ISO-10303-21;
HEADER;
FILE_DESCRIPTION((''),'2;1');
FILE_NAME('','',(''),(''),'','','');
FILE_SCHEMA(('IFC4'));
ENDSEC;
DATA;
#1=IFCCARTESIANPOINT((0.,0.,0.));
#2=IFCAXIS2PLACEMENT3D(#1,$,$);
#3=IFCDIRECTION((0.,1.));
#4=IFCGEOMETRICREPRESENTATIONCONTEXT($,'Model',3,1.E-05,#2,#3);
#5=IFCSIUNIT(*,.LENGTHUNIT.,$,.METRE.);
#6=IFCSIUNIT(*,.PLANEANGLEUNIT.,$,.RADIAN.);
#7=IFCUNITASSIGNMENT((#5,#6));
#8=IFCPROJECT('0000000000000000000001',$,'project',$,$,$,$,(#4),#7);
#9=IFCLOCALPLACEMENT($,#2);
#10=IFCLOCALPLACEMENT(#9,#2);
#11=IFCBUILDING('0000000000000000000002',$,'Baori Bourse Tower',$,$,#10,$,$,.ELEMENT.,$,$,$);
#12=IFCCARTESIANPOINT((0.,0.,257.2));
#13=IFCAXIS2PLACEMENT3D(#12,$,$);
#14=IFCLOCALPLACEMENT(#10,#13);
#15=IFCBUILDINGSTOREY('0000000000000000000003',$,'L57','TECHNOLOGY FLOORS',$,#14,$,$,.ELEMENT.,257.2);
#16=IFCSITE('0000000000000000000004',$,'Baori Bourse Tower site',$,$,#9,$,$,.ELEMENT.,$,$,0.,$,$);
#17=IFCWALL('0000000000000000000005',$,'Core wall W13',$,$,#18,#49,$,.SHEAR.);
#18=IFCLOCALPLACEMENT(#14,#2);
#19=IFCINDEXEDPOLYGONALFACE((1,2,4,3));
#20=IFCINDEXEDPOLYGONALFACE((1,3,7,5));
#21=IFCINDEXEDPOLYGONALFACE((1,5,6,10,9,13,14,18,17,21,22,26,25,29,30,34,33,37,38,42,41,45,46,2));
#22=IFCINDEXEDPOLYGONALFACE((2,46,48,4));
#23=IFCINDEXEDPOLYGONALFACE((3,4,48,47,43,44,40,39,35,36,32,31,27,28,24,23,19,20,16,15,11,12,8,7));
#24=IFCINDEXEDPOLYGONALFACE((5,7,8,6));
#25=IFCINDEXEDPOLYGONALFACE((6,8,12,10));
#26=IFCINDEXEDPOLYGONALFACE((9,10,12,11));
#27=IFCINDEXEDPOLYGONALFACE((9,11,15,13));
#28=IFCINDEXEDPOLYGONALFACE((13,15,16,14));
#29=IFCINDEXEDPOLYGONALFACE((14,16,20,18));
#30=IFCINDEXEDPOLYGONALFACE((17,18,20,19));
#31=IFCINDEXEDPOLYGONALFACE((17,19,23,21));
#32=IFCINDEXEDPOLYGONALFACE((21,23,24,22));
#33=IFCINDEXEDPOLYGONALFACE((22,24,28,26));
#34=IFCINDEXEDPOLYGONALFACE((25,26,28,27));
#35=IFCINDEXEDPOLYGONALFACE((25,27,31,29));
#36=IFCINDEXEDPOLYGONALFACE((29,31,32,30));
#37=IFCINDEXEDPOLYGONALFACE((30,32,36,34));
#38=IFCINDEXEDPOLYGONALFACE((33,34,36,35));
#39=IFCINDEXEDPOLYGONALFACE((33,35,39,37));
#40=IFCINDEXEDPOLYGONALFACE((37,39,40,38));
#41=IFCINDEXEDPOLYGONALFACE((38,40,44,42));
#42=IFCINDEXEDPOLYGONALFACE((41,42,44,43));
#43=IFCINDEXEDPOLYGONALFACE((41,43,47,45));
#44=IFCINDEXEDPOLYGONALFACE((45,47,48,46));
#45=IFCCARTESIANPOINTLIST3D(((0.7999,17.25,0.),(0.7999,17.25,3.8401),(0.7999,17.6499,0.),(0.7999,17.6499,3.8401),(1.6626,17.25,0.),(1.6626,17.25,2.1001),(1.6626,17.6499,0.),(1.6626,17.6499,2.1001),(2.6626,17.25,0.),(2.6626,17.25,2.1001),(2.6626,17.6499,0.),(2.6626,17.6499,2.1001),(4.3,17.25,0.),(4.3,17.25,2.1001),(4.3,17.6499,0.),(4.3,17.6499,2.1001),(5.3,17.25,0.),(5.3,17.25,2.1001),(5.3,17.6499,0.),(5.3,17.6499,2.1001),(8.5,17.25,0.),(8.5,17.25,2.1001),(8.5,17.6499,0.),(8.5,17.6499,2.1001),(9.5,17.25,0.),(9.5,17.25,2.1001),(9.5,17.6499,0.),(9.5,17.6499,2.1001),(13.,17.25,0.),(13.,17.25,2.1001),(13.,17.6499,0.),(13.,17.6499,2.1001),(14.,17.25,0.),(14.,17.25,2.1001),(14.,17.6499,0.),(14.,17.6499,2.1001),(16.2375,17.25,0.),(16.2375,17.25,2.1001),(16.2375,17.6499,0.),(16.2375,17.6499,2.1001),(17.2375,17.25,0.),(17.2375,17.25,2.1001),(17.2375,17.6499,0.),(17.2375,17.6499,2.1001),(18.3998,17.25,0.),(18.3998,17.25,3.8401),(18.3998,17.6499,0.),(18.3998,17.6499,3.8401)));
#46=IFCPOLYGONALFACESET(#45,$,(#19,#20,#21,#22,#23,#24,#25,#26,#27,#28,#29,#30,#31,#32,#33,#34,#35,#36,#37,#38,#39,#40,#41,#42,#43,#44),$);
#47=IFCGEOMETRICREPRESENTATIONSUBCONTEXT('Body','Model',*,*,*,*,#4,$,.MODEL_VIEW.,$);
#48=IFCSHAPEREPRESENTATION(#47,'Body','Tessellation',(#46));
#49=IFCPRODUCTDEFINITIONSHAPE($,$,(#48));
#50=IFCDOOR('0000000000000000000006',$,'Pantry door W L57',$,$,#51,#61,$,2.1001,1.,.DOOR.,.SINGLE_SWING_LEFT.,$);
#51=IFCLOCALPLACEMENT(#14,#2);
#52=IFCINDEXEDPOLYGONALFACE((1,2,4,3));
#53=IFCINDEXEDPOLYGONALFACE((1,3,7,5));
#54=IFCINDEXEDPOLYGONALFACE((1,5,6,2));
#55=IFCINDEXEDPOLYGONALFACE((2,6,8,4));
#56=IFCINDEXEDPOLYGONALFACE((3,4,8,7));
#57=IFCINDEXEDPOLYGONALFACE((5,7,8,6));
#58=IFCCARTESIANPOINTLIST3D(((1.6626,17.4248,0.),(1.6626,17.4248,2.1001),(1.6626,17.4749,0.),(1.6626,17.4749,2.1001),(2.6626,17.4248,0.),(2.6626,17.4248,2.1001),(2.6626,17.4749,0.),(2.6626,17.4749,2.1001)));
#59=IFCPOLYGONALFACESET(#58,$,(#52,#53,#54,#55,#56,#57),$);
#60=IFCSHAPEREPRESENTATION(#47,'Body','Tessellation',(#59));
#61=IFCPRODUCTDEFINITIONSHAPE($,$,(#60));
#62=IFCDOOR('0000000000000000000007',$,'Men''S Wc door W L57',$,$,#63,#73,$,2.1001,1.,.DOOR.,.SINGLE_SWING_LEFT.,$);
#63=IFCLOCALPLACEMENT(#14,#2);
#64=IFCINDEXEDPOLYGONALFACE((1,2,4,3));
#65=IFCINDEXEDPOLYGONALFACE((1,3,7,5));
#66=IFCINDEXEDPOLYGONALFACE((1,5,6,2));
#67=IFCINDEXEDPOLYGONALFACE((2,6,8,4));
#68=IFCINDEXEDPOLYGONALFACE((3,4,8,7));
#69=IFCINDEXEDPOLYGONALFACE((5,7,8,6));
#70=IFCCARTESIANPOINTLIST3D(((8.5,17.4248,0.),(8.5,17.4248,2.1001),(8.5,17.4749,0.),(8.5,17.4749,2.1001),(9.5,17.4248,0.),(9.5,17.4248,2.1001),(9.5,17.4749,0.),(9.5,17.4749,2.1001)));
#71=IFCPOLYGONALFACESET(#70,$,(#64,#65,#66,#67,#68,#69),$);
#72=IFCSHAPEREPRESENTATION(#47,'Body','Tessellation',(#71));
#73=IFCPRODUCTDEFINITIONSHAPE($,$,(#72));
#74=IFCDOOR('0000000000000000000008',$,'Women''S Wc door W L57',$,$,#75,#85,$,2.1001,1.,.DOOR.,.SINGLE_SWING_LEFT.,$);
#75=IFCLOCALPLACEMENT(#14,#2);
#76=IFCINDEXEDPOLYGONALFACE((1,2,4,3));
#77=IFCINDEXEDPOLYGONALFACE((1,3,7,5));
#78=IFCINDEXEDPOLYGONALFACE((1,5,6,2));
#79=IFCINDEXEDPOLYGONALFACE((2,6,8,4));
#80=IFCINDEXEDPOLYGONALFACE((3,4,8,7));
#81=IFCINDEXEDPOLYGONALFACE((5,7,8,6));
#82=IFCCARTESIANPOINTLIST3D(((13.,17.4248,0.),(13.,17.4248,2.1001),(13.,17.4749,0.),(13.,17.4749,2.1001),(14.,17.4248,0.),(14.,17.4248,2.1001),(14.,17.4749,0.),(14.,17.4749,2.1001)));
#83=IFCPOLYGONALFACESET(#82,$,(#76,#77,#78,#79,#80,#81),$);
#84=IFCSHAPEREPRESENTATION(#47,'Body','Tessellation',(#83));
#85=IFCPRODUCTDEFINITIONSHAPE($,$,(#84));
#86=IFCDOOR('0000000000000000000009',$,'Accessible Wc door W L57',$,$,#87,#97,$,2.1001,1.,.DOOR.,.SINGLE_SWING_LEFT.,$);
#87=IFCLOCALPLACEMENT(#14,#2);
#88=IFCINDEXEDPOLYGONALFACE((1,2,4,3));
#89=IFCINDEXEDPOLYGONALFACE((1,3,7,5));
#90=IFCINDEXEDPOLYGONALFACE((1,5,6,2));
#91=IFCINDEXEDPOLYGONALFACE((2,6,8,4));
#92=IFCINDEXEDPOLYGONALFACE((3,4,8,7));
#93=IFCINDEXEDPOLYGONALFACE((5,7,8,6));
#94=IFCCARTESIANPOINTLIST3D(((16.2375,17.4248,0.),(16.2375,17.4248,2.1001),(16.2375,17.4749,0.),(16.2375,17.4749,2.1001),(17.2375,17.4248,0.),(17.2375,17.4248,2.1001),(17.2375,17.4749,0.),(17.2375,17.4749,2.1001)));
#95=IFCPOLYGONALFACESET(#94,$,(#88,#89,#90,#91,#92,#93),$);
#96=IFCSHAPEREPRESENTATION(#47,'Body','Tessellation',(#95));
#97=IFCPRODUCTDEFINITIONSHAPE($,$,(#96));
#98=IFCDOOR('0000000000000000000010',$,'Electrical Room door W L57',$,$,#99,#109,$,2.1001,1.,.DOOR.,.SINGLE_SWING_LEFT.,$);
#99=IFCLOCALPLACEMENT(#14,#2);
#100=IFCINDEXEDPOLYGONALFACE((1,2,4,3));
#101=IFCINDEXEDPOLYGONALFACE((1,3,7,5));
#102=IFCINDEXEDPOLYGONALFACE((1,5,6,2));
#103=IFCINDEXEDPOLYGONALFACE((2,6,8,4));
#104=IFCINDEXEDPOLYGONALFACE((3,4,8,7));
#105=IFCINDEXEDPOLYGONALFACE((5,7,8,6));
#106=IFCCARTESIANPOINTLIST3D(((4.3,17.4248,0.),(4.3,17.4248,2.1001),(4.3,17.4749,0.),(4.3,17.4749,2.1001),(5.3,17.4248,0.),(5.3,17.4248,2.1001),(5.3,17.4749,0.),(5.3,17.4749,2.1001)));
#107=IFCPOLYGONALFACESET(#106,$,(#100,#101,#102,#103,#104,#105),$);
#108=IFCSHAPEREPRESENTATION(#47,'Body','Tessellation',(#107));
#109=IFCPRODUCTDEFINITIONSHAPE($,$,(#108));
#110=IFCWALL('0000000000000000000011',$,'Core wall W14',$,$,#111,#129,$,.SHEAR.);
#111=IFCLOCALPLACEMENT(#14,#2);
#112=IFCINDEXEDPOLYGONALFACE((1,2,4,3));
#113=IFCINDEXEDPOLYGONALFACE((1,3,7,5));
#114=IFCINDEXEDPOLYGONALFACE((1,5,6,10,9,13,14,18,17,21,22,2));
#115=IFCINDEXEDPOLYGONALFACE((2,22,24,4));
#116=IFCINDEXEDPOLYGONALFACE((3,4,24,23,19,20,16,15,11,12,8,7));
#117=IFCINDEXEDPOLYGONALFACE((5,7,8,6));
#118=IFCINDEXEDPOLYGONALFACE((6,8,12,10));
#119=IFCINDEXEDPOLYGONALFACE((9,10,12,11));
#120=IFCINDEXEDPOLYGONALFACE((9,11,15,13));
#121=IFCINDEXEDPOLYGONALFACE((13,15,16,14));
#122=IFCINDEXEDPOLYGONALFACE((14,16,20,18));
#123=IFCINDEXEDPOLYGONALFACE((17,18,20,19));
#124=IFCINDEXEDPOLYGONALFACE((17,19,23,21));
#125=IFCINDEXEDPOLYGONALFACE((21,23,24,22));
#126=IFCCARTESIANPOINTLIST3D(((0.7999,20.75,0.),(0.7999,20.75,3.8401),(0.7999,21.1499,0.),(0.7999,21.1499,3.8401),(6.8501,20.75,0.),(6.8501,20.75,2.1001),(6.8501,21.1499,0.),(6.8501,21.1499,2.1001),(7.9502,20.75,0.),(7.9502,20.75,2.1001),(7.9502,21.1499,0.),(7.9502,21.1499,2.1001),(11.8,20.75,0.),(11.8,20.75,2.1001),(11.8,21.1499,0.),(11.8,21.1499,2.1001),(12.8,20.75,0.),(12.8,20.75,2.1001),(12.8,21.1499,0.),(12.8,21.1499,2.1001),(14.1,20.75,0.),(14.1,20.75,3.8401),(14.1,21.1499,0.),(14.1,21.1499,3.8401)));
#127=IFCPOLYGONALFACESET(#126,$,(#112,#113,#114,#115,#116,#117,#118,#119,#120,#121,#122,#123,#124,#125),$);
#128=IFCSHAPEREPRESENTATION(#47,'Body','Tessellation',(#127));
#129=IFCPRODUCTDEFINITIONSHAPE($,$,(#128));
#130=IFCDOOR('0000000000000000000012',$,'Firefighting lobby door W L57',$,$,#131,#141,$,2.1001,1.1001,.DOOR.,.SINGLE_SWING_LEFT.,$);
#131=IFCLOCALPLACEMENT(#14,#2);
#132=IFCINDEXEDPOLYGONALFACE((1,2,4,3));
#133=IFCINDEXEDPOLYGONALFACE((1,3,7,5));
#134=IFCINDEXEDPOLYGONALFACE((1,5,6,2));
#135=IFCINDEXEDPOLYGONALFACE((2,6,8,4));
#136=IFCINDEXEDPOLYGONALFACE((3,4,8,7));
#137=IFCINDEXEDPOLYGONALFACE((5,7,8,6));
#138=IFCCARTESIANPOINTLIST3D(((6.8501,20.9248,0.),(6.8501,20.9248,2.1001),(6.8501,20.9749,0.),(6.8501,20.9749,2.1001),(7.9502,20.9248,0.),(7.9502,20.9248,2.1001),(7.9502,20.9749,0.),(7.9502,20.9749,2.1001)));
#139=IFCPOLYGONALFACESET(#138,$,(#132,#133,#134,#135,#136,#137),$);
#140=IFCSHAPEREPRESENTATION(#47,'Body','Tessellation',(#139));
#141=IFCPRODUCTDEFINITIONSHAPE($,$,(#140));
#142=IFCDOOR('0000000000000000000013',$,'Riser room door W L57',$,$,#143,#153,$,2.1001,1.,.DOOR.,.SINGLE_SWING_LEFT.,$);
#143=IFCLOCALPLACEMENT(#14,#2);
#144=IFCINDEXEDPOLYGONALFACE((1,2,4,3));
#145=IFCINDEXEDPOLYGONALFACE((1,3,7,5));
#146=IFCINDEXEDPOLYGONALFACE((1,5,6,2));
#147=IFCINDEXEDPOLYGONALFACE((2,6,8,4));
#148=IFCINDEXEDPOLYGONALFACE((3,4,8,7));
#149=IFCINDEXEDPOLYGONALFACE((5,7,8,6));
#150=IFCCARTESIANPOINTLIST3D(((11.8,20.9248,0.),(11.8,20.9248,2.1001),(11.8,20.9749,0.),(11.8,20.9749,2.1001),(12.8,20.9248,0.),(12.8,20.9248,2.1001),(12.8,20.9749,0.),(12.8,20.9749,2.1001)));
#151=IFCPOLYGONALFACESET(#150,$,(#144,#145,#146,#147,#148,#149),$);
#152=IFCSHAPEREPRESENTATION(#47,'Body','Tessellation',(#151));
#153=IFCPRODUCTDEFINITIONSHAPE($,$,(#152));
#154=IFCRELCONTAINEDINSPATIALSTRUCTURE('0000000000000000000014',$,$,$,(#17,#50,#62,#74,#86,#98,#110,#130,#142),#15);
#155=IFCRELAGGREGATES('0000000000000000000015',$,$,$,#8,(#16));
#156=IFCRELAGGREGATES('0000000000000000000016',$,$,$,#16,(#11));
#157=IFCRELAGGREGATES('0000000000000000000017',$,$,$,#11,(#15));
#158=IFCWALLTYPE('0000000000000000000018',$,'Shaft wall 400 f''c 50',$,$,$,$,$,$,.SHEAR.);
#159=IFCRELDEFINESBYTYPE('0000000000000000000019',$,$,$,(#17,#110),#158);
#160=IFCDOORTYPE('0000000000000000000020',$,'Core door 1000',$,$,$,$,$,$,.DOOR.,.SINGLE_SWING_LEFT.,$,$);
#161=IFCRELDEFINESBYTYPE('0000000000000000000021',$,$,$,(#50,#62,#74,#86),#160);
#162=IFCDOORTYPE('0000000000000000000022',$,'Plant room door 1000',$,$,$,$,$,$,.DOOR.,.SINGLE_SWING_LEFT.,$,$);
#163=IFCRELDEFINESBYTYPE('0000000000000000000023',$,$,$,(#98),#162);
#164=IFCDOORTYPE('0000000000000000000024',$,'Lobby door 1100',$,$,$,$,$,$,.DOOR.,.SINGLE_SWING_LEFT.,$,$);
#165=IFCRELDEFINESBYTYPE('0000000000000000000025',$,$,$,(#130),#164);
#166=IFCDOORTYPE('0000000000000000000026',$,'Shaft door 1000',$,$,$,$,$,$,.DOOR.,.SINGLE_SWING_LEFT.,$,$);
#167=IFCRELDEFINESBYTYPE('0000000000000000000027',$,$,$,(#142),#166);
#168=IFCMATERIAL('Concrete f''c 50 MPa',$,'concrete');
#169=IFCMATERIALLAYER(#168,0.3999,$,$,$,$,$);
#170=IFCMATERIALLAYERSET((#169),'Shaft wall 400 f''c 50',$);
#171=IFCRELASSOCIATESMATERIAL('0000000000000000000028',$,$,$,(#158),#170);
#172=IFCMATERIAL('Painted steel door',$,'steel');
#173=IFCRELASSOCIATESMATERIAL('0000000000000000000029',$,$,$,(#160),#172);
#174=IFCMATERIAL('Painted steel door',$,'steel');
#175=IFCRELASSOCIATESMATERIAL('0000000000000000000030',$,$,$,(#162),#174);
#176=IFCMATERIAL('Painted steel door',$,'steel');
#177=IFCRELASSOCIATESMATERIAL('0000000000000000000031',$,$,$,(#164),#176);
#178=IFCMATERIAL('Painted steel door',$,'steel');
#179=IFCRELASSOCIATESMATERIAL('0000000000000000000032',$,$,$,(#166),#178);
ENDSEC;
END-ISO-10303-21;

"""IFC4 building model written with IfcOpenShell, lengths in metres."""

from ifc_helpers import new_model, si_unit, direction, frame, frame_2d, origin, place, context, subcontext, project, spatial, rectangle, extrude, material, layer, layer_set, type_object, element, fill, save


model = new_model("IFC4")

# Units and contexts
model_context = context("Model", 3, precision=1e-05, world=origin(), true_north=direction((0.0, 1.0)))
body_context = subcontext(model_context, "Body", "Model", "MODEL_VIEW")
ifc_project = project(units=[si_unit("LENGTHUNIT", "METRE"), si_unit("PLANEANGLEUNIT", "RADIAN")], contexts=[model_context])

# Site, building, storey
site_placement = place(None, origin())
site = spatial("IfcSite", under=ifc_project, at=site_placement, Name="Baori Bourse Tower site", CompositionType="ELEMENT", RefElevation=0.0)
building_placement = place(site_placement, origin())
building = spatial("IfcBuilding", under=site, at=building_placement, Name="Baori Bourse Tower", CompositionType="ELEMENT")
storey_placement = place(building_placement, frame((0.0, 0.0, 257.2)))
storey = spatial("IfcBuildingStorey", under=building, at=storey_placement, Name="L57", Description="TECHNOLOGY FLOORS", CompositionType="ELEMENT", Elevation=257.2)

# Shared definitions
ifc_material_1 = material(Name="Concrete f'c 50 MPa", Category="concrete")
ifc_layer_1 = layer(ifc_material_1, 0.3999)
ifc_layer_set_1 = layer_set([ifc_layer_1], Name="Shaft wall 400 f'c 50")
wall_type_1 = type_object("IfcWallType", Name="Shaft wall 400 f'c 50", PredefinedType="SHEAR", material=ifc_layer_set_1)

# Walls, openings, doors
wall_1_placement = place(storey_placement, frame((0.8, 17.45, 0.0), z_axis=(0.0, 0.0, 1.0), x_axis=(1.0, 0.0, 0.0)))
wall_1 = element("IfcWall", 1, at=wall_1_placement, inside=storey, type_object=wall_type_1, Name="Core wall W13", PredefinedType="SHEAR", context=body_context, shape_type="SweptSolid", body=[
    extrude(rectangle(XDim=17.5999, YDim=0.3999, at=frame_2d((8.7998, 0.0))), origin(), (0.0, 0.0, 1.0), 3.8401),
])
opening_1_placement = place(wall_1_placement, frame((0.8625, 0.0, 0.0)))
opening_1 = element("IfcOpeningElement", 2, at=opening_1_placement, cuts=wall_1, PredefinedType="OPENING", context=body_context, shape_type="SweptSolid", body=[
    extrude(rectangle(XDim=1.0, YDim=2.1001, at=frame_2d((0.5, 1.05))), frame((0.0, 0.21, 0.0), z_axis=(0.0, -1.0, 0.0), x_axis=(1.0, 0.0, 0.0)), (0.0, 0.0, 1.0), 0.4199),
])
opening_2_placement = place(wall_1_placement, frame((3.5, 0.0, 0.0)))
opening_2 = element("IfcOpeningElement", 3, at=opening_2_placement, cuts=wall_1, PredefinedType="OPENING", context=body_context, shape_type="SweptSolid", body=[
    extrude(rectangle(XDim=1.0, YDim=2.1001, at=frame_2d((0.5, 1.05))), frame((0.0, 0.21, 0.0), z_axis=(0.0, -1.0, 0.0), x_axis=(1.0, 0.0, 0.0)), (0.0, 0.0, 1.0), 0.4199),
])
opening_3_placement = place(wall_1_placement, frame((7.7, 0.0, 0.0)))
opening_3 = element("IfcOpeningElement", 4, at=opening_3_placement, cuts=wall_1, PredefinedType="OPENING", context=body_context, shape_type="SweptSolid", body=[
    extrude(rectangle(XDim=1.0, YDim=2.1001, at=frame_2d((0.5, 1.05))), frame((0.0, 0.21, 0.0), z_axis=(0.0, -1.0, 0.0), x_axis=(1.0, 0.0, 0.0)), (0.0, 0.0, 1.0), 0.4199),
])
opening_4_placement = place(wall_1_placement, frame((12.2, 0.0, 0.0)))
opening_4 = element("IfcOpeningElement", 5, at=opening_4_placement, cuts=wall_1, PredefinedType="OPENING", context=body_context, shape_type="SweptSolid", body=[
    extrude(rectangle(XDim=1.0, YDim=2.1001, at=frame_2d((0.5, 1.05))), frame((0.0, 0.21, 0.0), z_axis=(0.0, -1.0, 0.0), x_axis=(1.0, 0.0, 0.0)), (0.0, 0.0, 1.0), 0.4199),
])
opening_5_placement = place(wall_1_placement, frame((15.4375, 0.0, 0.0)))
opening_5 = element("IfcOpeningElement", 6, at=opening_5_placement, cuts=wall_1, PredefinedType="OPENING", context=body_context, shape_type="SweptSolid", body=[
    extrude(rectangle(XDim=1.0, YDim=2.1001, at=frame_2d((0.5, 1.05))), frame((0.0, 0.21, 0.0), z_axis=(0.0, -1.0, 0.0), x_axis=(1.0, 0.0, 0.0)), (0.0, 0.0, 1.0), 0.4199),
])
ifc_material_2 = material(Name="Painted steel door", Category="steel")
door_type_1 = type_object("IfcDoorType", Name="Core door 1000", OperationType="SINGLE_SWING_LEFT", PredefinedType="DOOR", material=ifc_material_2)
door_1_placement = place(opening_1_placement, origin())
door_1 = element("IfcDoor", 7, at=door_1_placement, inside=storey, type_object=door_type_1, Name="Pantry door W L57", OperationType="SINGLE_SWING_LEFT", OverallHeight=2.1001, OverallWidth=1.0, PredefinedType="DOOR", context=body_context, shape_type="SweptSolid", body=[
    extrude(rectangle(XDim=1.0, YDim=2.1001, at=frame_2d((0.5, 1.05))), frame((0.0, 0.0249, 0.0), z_axis=(0.0, -1.0, 0.0), x_axis=(1.0, 0.0, 0.0)), (0.0, 0.0, 1.0), 0.05),
])
fill(opening_1, door_1)
door_2_placement = place(opening_3_placement, origin())
door_2 = element("IfcDoor", 8, at=door_2_placement, inside=storey, type_object=door_type_1, Name="Men'S Wc door W L57", OperationType="SINGLE_SWING_LEFT", OverallHeight=2.1001, OverallWidth=1.0, PredefinedType="DOOR", context=body_context, shape_type="SweptSolid", body=[
    extrude(rectangle(XDim=1.0, YDim=2.1001, at=frame_2d((0.5, 1.05))), frame((0.0, 0.0249, 0.0), z_axis=(0.0, -1.0, 0.0), x_axis=(1.0, 0.0, 0.0)), (0.0, 0.0, 1.0), 0.05),
])
fill(opening_3, door_2)
door_3_placement = place(opening_4_placement, origin())
door_3 = element("IfcDoor", 9, at=door_3_placement, inside=storey, type_object=door_type_1, Name="Women'S Wc door W L57", OperationType="SINGLE_SWING_LEFT", OverallHeight=2.1001, OverallWidth=1.0, PredefinedType="DOOR", context=body_context, shape_type="SweptSolid", body=[
    extrude(rectangle(XDim=1.0, YDim=2.1001, at=frame_2d((0.5, 1.05))), frame((0.0, 0.0249, 0.0), z_axis=(0.0, -1.0, 0.0), x_axis=(1.0, 0.0, 0.0)), (0.0, 0.0, 1.0), 0.05),
])
fill(opening_4, door_3)
door_4_placement = place(opening_5_placement, origin())
door_4 = element("IfcDoor", 10, at=door_4_placement, inside=storey, type_object=door_type_1, Name="Accessible Wc door W L57", OperationType="SINGLE_SWING_LEFT", OverallHeight=2.1001, OverallWidth=1.0, PredefinedType="DOOR", context=body_context, shape_type="SweptSolid", body=[
    extrude(rectangle(XDim=1.0, YDim=2.1001, at=frame_2d((0.5, 1.05))), frame((0.0, 0.0249, 0.0), z_axis=(0.0, -1.0, 0.0), x_axis=(1.0, 0.0, 0.0)), (0.0, 0.0, 1.0), 0.05),
])
fill(opening_5, door_4)
ifc_material_3 = material(Name="Painted steel door", Category="steel")
door_type_2 = type_object("IfcDoorType", Name="Plant room door 1000", OperationType="SINGLE_SWING_LEFT", PredefinedType="DOOR", material=ifc_material_3)
door_5_placement = place(opening_2_placement, origin())
door_5 = element("IfcDoor", 11, at=door_5_placement, inside=storey, type_object=door_type_2, Name="Electrical Room door W L57", OperationType="SINGLE_SWING_LEFT", OverallHeight=2.1001, OverallWidth=1.0, PredefinedType="DOOR", context=body_context, shape_type="SweptSolid", body=[
    extrude(rectangle(XDim=1.0, YDim=2.1001, at=frame_2d((0.5, 1.05))), frame((0.0, 0.0249, 0.0), z_axis=(0.0, -1.0, 0.0), x_axis=(1.0, 0.0, 0.0)), (0.0, 0.0, 1.0), 0.05),
])
fill(opening_2, door_5)
wall_2_placement = place(storey_placement, frame((0.8, 20.95, 0.0), z_axis=(0.0, 0.0, 1.0), x_axis=(1.0, 0.0, 0.0)))
wall_2 = element("IfcWall", 12, at=wall_2_placement, inside=storey, type_object=wall_type_1, Name="Core wall W14", PredefinedType="SHEAR", context=body_context, shape_type="SweptSolid", body=[
    extrude(rectangle(XDim=13.3, YDim=0.3999, at=frame_2d((6.6499, 0.0))), origin(), (0.0, 0.0, 1.0), 3.8401),
])
opening_6_placement = place(wall_2_placement, frame((6.05, 0.0, 0.0)))
opening_6 = element("IfcOpeningElement", 13, at=opening_6_placement, cuts=wall_2, PredefinedType="OPENING", context=body_context, shape_type="SweptSolid", body=[
    extrude(rectangle(XDim=1.1001, YDim=2.1001, at=frame_2d((0.55, 1.05))), frame((0.0, 0.21, 0.0), z_axis=(0.0, -1.0, 0.0), x_axis=(1.0, 0.0, 0.0)), (0.0, 0.0, 1.0), 0.4199),
])
opening_7_placement = place(wall_2_placement, frame((11.0, 0.0, 0.0)))
opening_7 = element("IfcOpeningElement", 14, at=opening_7_placement, cuts=wall_2, PredefinedType="OPENING", context=body_context, shape_type="SweptSolid", body=[
    extrude(rectangle(XDim=1.0, YDim=2.1001, at=frame_2d((0.5, 1.05))), frame((0.0, 0.21, 0.0), z_axis=(0.0, -1.0, 0.0), x_axis=(1.0, 0.0, 0.0)), (0.0, 0.0, 1.0), 0.4199),
])
ifc_material_4 = material(Name="Painted steel door", Category="steel")
door_type_3 = type_object("IfcDoorType", Name="Lobby door 1100", OperationType="SINGLE_SWING_LEFT", PredefinedType="DOOR", material=ifc_material_4)
door_6_placement = place(opening_6_placement, origin())
door_6 = element("IfcDoor", 15, at=door_6_placement, inside=storey, type_object=door_type_3, Name="Firefighting lobby door W L57", OperationType="SINGLE_SWING_LEFT", OverallHeight=2.1001, OverallWidth=1.1001, PredefinedType="DOOR", context=body_context, shape_type="SweptSolid", body=[
    extrude(rectangle(XDim=1.1001, YDim=2.1001, at=frame_2d((0.55, 1.05))), frame((0.0, 0.0249, 0.0), z_axis=(0.0, -1.0, 0.0), x_axis=(1.0, 0.0, 0.0)), (0.0, 0.0, 1.0), 0.05),
])
fill(opening_6, door_6)
ifc_material_5 = material(Name="Painted steel door", Category="steel")
door_type_4 = type_object("IfcDoorType", Name="Shaft door 1000", OperationType="SINGLE_SWING_LEFT", PredefinedType="DOOR", material=ifc_material_5)
door_7_placement = place(opening_7_placement, origin())
door_7 = element("IfcDoor", 16, at=door_7_placement, inside=storey, type_object=door_type_4, Name="Riser room door W L57", OperationType="SINGLE_SWING_LEFT", OverallHeight=2.1001, OverallWidth=1.0, PredefinedType="DOOR", context=body_context, shape_type="SweptSolid", body=[
    extrude(rectangle(XDim=1.0, YDim=2.1001, at=frame_2d((0.5, 1.05))), frame((0.0, 0.0249, 0.0), z_axis=(0.0, -1.0, 0.0), x_axis=(1.0, 0.0, 0.0)), (0.0, 0.0, 1.0), 0.05),
])
fill(opening_7, door_7)

save(model, "model.ifc")
